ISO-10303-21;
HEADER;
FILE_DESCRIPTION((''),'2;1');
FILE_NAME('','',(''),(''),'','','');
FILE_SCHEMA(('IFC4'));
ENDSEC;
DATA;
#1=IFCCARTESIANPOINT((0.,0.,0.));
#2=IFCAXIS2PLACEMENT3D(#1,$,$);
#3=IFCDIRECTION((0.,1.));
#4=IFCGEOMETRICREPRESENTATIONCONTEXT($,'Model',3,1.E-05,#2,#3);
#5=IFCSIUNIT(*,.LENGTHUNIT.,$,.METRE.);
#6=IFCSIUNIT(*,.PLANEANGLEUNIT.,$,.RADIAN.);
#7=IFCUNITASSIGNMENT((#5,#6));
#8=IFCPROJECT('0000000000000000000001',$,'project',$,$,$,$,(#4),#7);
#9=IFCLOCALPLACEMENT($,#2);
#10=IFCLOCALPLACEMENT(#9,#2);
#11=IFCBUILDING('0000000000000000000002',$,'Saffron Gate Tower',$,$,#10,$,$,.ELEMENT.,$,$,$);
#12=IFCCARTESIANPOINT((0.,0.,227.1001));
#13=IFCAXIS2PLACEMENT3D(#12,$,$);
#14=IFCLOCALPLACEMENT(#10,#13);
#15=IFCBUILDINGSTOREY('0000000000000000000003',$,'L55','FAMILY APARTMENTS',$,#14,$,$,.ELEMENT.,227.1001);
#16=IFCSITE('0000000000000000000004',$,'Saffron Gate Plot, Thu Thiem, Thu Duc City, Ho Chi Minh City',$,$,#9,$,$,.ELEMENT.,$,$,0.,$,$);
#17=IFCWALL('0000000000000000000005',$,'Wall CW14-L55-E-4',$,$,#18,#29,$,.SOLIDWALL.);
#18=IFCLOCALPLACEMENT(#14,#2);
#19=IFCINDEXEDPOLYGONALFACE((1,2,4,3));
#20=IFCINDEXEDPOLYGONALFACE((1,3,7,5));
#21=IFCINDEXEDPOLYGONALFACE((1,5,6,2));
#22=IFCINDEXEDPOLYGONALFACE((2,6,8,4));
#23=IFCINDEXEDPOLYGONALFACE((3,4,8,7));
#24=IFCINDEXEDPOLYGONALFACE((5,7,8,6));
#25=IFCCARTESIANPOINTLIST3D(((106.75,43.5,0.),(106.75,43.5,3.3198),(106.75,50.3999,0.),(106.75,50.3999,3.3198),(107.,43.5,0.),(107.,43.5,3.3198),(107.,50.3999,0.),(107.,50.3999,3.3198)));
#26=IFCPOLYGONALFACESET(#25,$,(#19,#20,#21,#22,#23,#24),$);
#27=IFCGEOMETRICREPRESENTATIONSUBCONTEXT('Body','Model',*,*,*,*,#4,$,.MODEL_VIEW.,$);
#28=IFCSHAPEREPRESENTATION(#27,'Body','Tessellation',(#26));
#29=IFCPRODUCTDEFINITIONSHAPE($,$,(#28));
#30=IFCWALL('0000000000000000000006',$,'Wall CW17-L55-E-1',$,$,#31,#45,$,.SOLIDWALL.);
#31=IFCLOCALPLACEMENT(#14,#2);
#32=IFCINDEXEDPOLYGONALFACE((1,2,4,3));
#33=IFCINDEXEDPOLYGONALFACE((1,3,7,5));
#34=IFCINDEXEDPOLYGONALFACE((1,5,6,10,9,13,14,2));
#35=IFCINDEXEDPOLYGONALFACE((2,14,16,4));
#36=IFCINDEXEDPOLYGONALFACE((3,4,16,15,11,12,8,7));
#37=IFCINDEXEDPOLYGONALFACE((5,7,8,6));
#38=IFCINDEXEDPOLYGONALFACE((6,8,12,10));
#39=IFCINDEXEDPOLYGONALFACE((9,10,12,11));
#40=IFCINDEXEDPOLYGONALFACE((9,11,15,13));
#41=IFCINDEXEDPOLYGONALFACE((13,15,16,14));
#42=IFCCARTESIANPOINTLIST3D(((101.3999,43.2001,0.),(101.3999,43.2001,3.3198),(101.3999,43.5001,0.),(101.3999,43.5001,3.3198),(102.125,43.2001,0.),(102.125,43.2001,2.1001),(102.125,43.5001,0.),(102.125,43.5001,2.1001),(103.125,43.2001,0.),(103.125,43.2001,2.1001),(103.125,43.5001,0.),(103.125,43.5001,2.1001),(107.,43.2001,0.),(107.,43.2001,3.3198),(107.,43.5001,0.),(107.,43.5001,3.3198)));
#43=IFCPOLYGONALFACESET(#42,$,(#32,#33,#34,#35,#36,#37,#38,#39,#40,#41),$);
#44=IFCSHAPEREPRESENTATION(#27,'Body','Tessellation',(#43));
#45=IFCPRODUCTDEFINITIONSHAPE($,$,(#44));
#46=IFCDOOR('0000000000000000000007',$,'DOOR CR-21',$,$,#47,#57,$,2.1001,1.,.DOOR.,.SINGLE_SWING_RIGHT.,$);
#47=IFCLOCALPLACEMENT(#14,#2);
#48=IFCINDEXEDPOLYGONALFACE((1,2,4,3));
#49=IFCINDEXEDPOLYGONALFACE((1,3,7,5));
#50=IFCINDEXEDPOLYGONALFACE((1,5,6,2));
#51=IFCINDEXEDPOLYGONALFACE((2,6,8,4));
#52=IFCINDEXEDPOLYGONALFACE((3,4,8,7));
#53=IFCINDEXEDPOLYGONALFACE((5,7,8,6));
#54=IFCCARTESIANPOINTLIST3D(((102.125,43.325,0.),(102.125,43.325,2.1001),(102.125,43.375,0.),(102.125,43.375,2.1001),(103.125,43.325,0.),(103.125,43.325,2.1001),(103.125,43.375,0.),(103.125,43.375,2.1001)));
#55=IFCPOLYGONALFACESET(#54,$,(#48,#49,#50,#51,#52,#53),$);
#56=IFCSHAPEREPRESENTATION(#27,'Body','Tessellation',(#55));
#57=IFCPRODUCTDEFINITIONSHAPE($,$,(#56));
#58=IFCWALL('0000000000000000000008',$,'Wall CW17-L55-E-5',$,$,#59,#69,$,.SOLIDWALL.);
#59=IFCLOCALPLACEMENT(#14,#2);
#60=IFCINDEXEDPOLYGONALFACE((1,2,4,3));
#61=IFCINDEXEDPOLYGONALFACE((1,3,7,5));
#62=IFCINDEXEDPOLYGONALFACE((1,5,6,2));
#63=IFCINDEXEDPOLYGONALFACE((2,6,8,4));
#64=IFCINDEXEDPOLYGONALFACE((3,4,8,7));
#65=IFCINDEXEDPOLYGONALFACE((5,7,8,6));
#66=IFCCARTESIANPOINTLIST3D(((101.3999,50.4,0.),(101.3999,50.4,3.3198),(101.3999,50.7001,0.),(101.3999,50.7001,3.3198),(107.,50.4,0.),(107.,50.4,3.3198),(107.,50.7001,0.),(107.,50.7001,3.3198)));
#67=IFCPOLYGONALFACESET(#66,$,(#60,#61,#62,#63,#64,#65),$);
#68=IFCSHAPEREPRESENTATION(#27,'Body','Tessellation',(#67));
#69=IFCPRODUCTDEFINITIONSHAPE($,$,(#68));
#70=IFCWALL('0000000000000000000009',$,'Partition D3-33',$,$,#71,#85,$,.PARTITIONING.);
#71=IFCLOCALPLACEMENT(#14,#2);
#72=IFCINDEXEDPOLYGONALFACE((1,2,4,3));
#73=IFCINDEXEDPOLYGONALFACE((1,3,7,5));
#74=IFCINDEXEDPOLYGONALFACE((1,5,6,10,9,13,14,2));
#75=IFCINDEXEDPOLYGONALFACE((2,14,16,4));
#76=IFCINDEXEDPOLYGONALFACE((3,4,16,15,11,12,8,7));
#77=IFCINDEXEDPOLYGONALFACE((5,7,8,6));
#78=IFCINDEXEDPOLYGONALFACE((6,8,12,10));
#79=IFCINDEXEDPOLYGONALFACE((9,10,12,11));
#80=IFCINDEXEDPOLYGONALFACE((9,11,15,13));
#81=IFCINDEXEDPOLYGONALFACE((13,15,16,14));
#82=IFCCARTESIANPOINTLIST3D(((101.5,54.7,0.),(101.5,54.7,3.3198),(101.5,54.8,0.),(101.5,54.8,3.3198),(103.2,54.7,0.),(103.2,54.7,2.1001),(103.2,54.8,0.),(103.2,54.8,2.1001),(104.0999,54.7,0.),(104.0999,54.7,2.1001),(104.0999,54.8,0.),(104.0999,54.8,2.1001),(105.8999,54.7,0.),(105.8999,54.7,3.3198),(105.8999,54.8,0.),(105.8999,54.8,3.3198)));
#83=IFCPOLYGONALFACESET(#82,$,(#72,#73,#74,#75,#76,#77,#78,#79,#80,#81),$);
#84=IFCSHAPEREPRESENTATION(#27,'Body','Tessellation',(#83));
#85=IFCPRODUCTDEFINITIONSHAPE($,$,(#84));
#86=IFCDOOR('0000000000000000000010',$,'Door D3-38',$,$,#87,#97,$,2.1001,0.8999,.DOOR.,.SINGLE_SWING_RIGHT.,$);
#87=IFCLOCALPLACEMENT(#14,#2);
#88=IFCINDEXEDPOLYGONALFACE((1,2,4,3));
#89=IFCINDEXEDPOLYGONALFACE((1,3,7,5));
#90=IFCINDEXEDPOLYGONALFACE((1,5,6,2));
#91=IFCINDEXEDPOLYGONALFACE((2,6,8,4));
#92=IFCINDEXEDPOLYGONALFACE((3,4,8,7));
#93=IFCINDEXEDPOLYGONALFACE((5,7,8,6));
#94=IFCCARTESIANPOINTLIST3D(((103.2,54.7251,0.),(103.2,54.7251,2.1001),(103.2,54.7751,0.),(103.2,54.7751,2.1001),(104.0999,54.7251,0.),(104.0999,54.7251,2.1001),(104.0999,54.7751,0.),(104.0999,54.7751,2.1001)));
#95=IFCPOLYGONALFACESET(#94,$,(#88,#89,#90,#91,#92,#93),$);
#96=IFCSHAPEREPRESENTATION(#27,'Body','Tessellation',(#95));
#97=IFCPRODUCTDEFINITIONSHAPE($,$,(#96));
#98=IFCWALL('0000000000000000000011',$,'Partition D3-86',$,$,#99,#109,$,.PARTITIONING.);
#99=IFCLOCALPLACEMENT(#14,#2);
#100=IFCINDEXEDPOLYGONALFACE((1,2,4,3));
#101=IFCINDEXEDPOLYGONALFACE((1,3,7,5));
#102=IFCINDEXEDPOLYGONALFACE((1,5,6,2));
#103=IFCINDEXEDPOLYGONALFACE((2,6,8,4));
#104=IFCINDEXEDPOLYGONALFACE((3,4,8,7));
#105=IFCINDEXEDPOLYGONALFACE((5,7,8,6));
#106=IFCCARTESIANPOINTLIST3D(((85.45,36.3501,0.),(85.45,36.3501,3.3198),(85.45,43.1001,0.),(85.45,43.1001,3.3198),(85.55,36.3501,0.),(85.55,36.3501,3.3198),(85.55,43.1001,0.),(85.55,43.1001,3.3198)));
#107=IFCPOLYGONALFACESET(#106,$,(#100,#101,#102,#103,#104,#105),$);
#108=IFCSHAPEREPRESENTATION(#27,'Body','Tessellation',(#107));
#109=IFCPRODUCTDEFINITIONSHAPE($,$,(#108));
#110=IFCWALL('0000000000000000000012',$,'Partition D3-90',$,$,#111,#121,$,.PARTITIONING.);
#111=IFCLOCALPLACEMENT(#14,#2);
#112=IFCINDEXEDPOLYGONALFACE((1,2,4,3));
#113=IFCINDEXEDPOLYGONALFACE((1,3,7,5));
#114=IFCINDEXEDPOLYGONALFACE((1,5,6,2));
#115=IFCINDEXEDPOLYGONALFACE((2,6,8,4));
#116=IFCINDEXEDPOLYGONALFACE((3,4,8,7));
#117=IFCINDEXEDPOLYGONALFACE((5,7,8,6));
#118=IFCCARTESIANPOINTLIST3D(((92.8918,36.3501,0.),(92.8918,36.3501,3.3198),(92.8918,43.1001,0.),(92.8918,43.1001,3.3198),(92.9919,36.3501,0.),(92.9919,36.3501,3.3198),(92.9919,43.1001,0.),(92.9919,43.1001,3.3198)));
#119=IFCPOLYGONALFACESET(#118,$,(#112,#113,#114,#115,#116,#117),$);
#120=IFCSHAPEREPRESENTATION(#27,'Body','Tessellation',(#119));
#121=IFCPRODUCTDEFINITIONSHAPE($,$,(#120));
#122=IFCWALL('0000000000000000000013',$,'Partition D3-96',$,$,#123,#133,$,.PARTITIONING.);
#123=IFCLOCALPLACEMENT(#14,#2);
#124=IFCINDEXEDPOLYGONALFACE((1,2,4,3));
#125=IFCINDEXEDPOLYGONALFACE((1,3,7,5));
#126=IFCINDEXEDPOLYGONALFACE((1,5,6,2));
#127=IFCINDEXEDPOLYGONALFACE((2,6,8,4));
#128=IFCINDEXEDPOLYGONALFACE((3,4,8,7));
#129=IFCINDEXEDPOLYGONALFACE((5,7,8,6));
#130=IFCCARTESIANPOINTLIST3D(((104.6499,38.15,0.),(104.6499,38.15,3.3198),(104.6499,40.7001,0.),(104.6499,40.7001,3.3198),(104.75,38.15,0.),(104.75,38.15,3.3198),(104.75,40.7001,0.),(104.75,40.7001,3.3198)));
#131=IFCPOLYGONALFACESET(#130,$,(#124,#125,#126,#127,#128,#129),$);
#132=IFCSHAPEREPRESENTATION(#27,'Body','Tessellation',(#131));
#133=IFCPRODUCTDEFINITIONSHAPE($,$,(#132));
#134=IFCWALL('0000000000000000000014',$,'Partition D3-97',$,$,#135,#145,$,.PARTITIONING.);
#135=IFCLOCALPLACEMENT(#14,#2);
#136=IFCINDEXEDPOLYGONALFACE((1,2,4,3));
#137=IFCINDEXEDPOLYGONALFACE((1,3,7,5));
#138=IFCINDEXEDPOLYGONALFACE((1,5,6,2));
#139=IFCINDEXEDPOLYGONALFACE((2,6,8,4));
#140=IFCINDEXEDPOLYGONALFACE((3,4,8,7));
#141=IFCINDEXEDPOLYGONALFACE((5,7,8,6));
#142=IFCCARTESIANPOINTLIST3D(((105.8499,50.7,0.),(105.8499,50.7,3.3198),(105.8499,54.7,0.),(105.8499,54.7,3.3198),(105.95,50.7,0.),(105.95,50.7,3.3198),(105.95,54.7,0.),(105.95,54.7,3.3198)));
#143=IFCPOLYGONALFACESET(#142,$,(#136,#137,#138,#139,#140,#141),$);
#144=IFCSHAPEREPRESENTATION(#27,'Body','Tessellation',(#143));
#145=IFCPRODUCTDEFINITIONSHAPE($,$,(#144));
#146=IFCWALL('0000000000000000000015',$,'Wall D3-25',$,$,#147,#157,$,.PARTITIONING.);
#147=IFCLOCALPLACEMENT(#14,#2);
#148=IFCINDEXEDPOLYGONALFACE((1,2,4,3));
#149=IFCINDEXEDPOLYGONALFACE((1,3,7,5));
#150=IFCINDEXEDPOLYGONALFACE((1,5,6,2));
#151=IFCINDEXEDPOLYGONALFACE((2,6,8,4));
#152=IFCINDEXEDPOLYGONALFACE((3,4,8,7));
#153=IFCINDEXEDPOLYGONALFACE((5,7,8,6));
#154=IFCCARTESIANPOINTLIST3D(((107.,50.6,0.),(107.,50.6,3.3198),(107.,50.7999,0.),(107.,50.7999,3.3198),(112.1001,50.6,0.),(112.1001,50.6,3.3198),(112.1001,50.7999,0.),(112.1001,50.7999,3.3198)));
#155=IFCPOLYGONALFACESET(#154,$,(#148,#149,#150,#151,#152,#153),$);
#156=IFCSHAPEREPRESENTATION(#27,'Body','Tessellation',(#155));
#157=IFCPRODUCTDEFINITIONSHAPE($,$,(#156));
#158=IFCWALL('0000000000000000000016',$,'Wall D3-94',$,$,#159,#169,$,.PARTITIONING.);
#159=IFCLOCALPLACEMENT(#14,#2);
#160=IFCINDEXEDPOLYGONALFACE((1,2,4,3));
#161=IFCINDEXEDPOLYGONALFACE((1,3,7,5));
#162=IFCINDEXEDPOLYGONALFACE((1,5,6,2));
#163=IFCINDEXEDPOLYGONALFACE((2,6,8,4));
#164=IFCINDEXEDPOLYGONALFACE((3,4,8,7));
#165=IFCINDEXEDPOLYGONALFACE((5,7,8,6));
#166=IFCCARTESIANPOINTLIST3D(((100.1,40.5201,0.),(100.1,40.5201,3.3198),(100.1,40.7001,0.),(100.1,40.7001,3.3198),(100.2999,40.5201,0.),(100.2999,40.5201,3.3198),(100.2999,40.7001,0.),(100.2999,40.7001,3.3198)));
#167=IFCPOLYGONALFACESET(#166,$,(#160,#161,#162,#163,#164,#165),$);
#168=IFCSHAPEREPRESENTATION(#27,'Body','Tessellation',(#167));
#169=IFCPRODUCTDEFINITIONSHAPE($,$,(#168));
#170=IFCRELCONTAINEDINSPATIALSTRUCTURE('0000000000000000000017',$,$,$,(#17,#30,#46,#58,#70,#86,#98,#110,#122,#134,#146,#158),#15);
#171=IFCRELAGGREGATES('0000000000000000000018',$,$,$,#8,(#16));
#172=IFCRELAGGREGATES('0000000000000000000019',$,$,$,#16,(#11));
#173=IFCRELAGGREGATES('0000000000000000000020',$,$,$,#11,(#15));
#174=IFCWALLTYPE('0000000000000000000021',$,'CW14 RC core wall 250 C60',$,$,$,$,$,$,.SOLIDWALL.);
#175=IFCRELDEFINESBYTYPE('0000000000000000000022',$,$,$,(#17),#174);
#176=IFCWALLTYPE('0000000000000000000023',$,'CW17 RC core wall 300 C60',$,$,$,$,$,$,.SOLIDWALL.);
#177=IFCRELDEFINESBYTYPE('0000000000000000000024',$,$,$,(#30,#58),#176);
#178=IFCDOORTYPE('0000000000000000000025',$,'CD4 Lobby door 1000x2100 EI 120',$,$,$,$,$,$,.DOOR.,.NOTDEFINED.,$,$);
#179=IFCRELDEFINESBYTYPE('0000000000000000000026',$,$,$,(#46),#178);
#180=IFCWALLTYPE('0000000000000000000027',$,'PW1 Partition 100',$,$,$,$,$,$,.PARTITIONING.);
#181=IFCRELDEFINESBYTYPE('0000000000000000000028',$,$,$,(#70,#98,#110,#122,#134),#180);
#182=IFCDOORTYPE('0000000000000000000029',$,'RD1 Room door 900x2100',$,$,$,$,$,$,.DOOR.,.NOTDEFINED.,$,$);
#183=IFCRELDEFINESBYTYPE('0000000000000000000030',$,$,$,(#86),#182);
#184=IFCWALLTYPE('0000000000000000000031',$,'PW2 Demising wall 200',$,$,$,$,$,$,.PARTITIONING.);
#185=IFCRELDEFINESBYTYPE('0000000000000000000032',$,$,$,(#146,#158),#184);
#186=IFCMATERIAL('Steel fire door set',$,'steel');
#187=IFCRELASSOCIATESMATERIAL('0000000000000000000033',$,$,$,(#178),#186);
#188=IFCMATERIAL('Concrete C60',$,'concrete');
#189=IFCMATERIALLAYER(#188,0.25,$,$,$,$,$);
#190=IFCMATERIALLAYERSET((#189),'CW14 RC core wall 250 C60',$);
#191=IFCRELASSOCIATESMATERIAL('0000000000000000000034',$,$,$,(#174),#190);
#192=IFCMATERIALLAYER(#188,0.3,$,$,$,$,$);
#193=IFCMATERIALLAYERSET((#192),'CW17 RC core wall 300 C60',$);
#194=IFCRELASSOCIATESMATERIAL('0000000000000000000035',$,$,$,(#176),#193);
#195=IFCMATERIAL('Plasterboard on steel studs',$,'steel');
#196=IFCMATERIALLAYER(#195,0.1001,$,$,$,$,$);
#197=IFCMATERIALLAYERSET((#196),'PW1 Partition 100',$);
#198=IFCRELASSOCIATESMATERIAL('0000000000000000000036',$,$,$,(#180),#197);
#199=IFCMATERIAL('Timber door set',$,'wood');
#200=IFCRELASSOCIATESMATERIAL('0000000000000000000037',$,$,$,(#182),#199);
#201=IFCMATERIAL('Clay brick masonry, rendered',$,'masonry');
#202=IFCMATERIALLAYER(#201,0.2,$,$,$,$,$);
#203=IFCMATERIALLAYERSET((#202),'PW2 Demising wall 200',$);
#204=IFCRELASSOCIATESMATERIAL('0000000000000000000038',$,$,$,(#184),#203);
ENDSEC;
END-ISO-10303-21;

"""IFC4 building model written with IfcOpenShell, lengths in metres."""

from ifc_helpers import new_model, si_unit, direction, frame, frame_2d, origin, place, context, subcontext, project, spatial, rectangle, extrude, material, layer, layer_set, type_object, element, fill, save


model = new_model("IFC4")

# Units and contexts
model_context = context("Model", 3, precision=1e-05, world=origin(), true_north=direction((0.0, 1.0)))
body_context = subcontext(model_context, "Body", "Model", "MODEL_VIEW")
ifc_project = project(units=[si_unit("LENGTHUNIT", "METRE"), si_unit("PLANEANGLEUNIT", "RADIAN")], contexts=[model_context])

# Site, building, storey
site_placement = place(None, origin())
site = spatial("IfcSite", under=ifc_project, at=site_placement, Name="Saffron Gate Plot, Thu Thiem, Thu Duc City, Ho Chi Minh City", CompositionType="ELEMENT", RefElevation=0.0)
building_placement = place(site_placement, origin())
building = spatial("IfcBuilding", under=site, at=building_placement, Name="Saffron Gate Tower", CompositionType="ELEMENT")
storey_placement = place(building_placement, frame((0.0, 0.0, 227.1001)))
storey = spatial("IfcBuildingStorey", under=building, at=storey_placement, Name="L55", Description="FAMILY APARTMENTS", CompositionType="ELEMENT", Elevation=227.1001)

# Shared definitions
ifc_material_1 = material(Name="Steel fire door set", Category="steel")
door_type_1 = type_object("IfcDoorType", Name="CD4 Lobby door 1000x2100 EI 120", OperationType="NOTDEFINED", PredefinedType="DOOR", material=ifc_material_1)
ifc_material_2 = material(Name="Concrete C60", Category="concrete")
ifc_layer_1 = layer(ifc_material_2, 0.25)
ifc_layer_set_1 = layer_set([ifc_layer_1], Name="CW14 RC core wall 250 C60")
wall_type_1 = type_object("IfcWallType", Name="CW14 RC core wall 250 C60", PredefinedType="SOLIDWALL", material=ifc_layer_set_1)

# Wall
wall_1_placement = place(storey_placement, frame((106.875, 43.5, 0.0), z_axis=(0.0, 0.0, 1.0), x_axis=(0.0, 1.0, 0.0)))
element("IfcWall", 1, at=wall_1_placement, inside=storey, type_object=wall_type_1, Name="Wall CW14-L55-E-4", PredefinedType="SOLIDWALL", context=body_context, shape_type="SweptSolid", body=[
    extrude(rectangle(XDim=6.8999, YDim=0.25, at=frame_2d((3.45, 0.0))), origin(), (0.0, 0.0, 1.0), 3.3198),
])

# Wall, opening, door
ifc_layer_2 = layer(ifc_material_2, 0.3)
ifc_layer_set_2 = layer_set([ifc_layer_2], Name="CW17 RC core wall 300 C60")
wall_type_2 = type_object("IfcWallType", Name="CW17 RC core wall 300 C60", PredefinedType="SOLIDWALL", material=ifc_layer_set_2)
wall_2_placement = place(storey_placement, frame((101.3999, 43.3501, 0.0), z_axis=(0.0, 0.0, 1.0), x_axis=(1.0, 0.0, 0.0)))
wall_2 = element("IfcWall", 2, at=wall_2_placement, inside=storey, type_object=wall_type_2, Name="Wall CW17-L55-E-1", PredefinedType="SOLIDWALL", context=body_context, shape_type="SweptSolid", body=[
    extrude(rectangle(XDim=5.6001, YDim=0.3, at=frame_2d((2.8, 0.0))), origin(), (0.0, 0.0, 1.0), 3.3198),
])
opening_1_placement = place(wall_2_placement, frame((0.7251, 0.0, 0.0)))
opening_1 = element("IfcOpeningElement", 3, at=opening_1_placement, cuts=wall_2, PredefinedType="OPENING", context=body_context, shape_type="SweptSolid", body=[
    extrude(rectangle(XDim=1.0, YDim=2.1001, at=frame_2d((0.5, 1.05))), frame((0.0, 0.1602, 0.0), z_axis=(0.0, -1.0, 0.0), x_axis=(1.0, 0.0, 0.0)), (0.0, 0.0, 1.0), 0.3201),
])
door_1_placement = place(opening_1_placement, origin())
door_1 = element("IfcDoor", 4, at=door_1_placement, inside=storey, type_object=door_type_1, Name="DOOR CR-21", OperationType="SINGLE_SWING_RIGHT", OverallHeight=2.1001, OverallWidth=1.0, PredefinedType="DOOR", context=body_context, shape_type="SweptSolid", body=[
    extrude(rectangle(XDim=1.0, YDim=2.1001, at=frame_2d((0.5, 1.05))), frame((0.0, 0.0249, 0.0), z_axis=(0.0, -1.0, 0.0), x_axis=(1.0, 0.0, 0.0)), (0.0, 0.0, 1.0), 0.05),
])
fill(opening_1, door_1)

# Wall
wall_3_placement = place(storey_placement, frame((101.3999, 50.55, 0.0), z_axis=(0.0, 0.0, 1.0), x_axis=(1.0, 0.0, 0.0)))
element("IfcWall", 5, at=wall_3_placement, inside=storey, type_object=wall_type_2, Name="Wall CW17-L55-E-5", PredefinedType="SOLIDWALL", context=body_context, shape_type="SweptSolid", body=[
    extrude(rectangle(XDim=5.6001, YDim=0.3, at=frame_2d((2.8, 0.0))), origin(), (0.0, 0.0, 1.0), 3.3198),
])

# Wall, opening, door
ifc_material_3 = material(Name="Plasterboard on steel studs", Category="steel")
ifc_layer_3 = layer(ifc_material_3, 0.1001)
ifc_layer_set_3 = layer_set([ifc_layer_3], Name="PW1 Partition 100")
wall_type_3 = type_object("IfcWallType", Name="PW1 Partition 100", PredefinedType="PARTITIONING", material=ifc_layer_set_3)
wall_4_placement = place(storey_placement, frame((105.8999, 54.75, 0.0), z_axis=(0.0, 0.0, 1.0), x_axis=(-1.0, 0.0, 0.0)))
wall_4 = element("IfcWall", 6, at=wall_4_placement, inside=storey, type_object=wall_type_3, Name="Partition D3-33", PredefinedType="PARTITIONING", context=body_context, shape_type="SweptSolid", body=[
    extrude(rectangle(XDim=4.3999, YDim=0.1001, at=frame_2d((2.2, 0.0))), origin(), (0.0, 0.0, 1.0), 3.3198),
])
opening_2_placement = place(wall_4_placement, frame((1.8, 0.0, 0.0)))
opening_2 = element("IfcOpeningElement", 7, at=opening_2_placement, cuts=wall_4, PredefinedType="OPENING", context=body_context, shape_type="SweptSolid", body=[
    extrude(rectangle(XDim=0.8999, YDim=2.1001, at=frame_2d((0.45, 1.05))), frame((0.0, 0.0601, 0.0), z_axis=(0.0, -1.0, 0.0), x_axis=(1.0, 0.0, 0.0)), (0.0, 0.0, 1.0), 0.1201),
])
ifc_material_4 = material(Name="Timber door set", Category="wood")
door_type_2 = type_object("IfcDoorType", Name="RD1 Room door 900x2100", OperationType="NOTDEFINED", PredefinedType="DOOR", material=ifc_material_4)
door_2_placement = place(opening_2_placement, origin())
door_2 = element("IfcDoor", 8, at=door_2_placement, inside=storey, type_object=door_type_2, Name="Door D3-38", OperationType="SINGLE_SWING_RIGHT", OverallHeight=2.1001, OverallWidth=0.8999, PredefinedType="DOOR", context=body_context, shape_type="SweptSolid", body=[
    extrude(rectangle(XDim=0.8999, YDim=2.1001, at=frame_2d((0.45, 1.05))), frame((0.0, 0.0249, 0.0), z_axis=(0.0, -1.0, 0.0), x_axis=(1.0, 0.0, 0.0)), (0.0, 0.0, 1.0), 0.05),
])
fill(opening_2, door_2)

# Walls
for number, where, z_axis, x_axis, name in (
    (9, (85.5, 43.1001, 0.0), (0.0, 0.0, 1.0), (0.0, -1.0, 0.0), "Partition D3-86"),
    (10, (92.9419, 43.1001, 0.0), (0.0, 0.0, 1.0), (0.0, -1.0, 0.0), "Partition D3-90"),
):
    element("IfcWall", number, at=place(storey_placement, frame(where, z_axis=z_axis, x_axis=x_axis)), inside=storey, type_object=wall_type_3, Name=name, PredefinedType="PARTITIONING", context=body_context, shape_type="SweptSolid", body=[
        extrude(rectangle(XDim=6.75, YDim=0.1001, at=frame_2d((3.375, 0.0))), origin(), (0.0, 0.0, 1.0), 3.3198),
    ])
wall_5_placement = place(storey_placement, frame((104.7, 40.7, 0.0), z_axis=(0.0, 0.0, 1.0), x_axis=(0.0, -1.0, 0.0)))
element("IfcWall", 11, at=wall_5_placement, inside=storey, type_object=wall_type_3, Name="Partition D3-96", PredefinedType="PARTITIONING", context=body_context, shape_type="SweptSolid", body=[
    extrude(rectangle(XDim=2.55, YDim=0.1001, at=frame_2d((1.2749, 0.0))), origin(), (0.0, 0.0, 1.0), 3.3198),
])
wall_6_placement = place(storey_placement, frame((105.8999, 54.7, 0.0), z_axis=(0.0, 0.0, 1.0), x_axis=(0.0, -1.0, 0.0)))
element("IfcWall", 12, at=wall_6_placement, inside=storey, type_object=wall_type_3, Name="Partition D3-97", PredefinedType="PARTITIONING", context=body_context, shape_type="SweptSolid", body=[
    extrude(rectangle(XDim=4.0, YDim=0.1001, at=frame_2d((2.0, 0.0))), origin(), (0.0, 0.0, 1.0), 3.3198),
])
ifc_material_5 = material(Name="Clay brick masonry, rendered", Category="masonry")
ifc_layer_4 = layer(ifc_material_5, 0.2)
ifc_layer_set_4 = layer_set([ifc_layer_4], Name="PW2 Demising wall 200")
wall_type_4 = type_object("IfcWallType", Name="PW2 Demising wall 200", PredefinedType="PARTITIONING", material=ifc_layer_set_4)
wall_7_placement = place(storey_placement, frame((107.0, 50.7, 0.0), z_axis=(0.0, 0.0, 1.0), x_axis=(1.0, 0.0, 0.0)))
element("IfcWall", 13, at=wall_7_placement, inside=storey, type_object=wall_type_4, Name="Wall D3-25", PredefinedType="PARTITIONING", context=body_context, shape_type="SweptSolid", body=[
    extrude(rectangle(XDim=5.1001, YDim=0.2, at=frame_2d((2.55, 0.0))), origin(), (0.0, 0.0, 1.0), 3.3198),
])
wall_8_placement = place(storey_placement, frame((100.2, 40.7, 0.0), z_axis=(0.0, 0.0, 1.0), x_axis=(0.0, -1.0, 0.0)))
element("IfcWall", 14, at=wall_8_placement, inside=storey, type_object=wall_type_4, Name="Wall D3-94", PredefinedType="PARTITIONING", context=body_context, shape_type="SweptSolid", body=[
    extrude(rectangle(XDim=0.1799, YDim=0.2, at=frame_2d((0.0898, 0.0))), origin(), (0.0, 0.0, 1.0), 3.3198),
])

save(model, "model.ifc")
